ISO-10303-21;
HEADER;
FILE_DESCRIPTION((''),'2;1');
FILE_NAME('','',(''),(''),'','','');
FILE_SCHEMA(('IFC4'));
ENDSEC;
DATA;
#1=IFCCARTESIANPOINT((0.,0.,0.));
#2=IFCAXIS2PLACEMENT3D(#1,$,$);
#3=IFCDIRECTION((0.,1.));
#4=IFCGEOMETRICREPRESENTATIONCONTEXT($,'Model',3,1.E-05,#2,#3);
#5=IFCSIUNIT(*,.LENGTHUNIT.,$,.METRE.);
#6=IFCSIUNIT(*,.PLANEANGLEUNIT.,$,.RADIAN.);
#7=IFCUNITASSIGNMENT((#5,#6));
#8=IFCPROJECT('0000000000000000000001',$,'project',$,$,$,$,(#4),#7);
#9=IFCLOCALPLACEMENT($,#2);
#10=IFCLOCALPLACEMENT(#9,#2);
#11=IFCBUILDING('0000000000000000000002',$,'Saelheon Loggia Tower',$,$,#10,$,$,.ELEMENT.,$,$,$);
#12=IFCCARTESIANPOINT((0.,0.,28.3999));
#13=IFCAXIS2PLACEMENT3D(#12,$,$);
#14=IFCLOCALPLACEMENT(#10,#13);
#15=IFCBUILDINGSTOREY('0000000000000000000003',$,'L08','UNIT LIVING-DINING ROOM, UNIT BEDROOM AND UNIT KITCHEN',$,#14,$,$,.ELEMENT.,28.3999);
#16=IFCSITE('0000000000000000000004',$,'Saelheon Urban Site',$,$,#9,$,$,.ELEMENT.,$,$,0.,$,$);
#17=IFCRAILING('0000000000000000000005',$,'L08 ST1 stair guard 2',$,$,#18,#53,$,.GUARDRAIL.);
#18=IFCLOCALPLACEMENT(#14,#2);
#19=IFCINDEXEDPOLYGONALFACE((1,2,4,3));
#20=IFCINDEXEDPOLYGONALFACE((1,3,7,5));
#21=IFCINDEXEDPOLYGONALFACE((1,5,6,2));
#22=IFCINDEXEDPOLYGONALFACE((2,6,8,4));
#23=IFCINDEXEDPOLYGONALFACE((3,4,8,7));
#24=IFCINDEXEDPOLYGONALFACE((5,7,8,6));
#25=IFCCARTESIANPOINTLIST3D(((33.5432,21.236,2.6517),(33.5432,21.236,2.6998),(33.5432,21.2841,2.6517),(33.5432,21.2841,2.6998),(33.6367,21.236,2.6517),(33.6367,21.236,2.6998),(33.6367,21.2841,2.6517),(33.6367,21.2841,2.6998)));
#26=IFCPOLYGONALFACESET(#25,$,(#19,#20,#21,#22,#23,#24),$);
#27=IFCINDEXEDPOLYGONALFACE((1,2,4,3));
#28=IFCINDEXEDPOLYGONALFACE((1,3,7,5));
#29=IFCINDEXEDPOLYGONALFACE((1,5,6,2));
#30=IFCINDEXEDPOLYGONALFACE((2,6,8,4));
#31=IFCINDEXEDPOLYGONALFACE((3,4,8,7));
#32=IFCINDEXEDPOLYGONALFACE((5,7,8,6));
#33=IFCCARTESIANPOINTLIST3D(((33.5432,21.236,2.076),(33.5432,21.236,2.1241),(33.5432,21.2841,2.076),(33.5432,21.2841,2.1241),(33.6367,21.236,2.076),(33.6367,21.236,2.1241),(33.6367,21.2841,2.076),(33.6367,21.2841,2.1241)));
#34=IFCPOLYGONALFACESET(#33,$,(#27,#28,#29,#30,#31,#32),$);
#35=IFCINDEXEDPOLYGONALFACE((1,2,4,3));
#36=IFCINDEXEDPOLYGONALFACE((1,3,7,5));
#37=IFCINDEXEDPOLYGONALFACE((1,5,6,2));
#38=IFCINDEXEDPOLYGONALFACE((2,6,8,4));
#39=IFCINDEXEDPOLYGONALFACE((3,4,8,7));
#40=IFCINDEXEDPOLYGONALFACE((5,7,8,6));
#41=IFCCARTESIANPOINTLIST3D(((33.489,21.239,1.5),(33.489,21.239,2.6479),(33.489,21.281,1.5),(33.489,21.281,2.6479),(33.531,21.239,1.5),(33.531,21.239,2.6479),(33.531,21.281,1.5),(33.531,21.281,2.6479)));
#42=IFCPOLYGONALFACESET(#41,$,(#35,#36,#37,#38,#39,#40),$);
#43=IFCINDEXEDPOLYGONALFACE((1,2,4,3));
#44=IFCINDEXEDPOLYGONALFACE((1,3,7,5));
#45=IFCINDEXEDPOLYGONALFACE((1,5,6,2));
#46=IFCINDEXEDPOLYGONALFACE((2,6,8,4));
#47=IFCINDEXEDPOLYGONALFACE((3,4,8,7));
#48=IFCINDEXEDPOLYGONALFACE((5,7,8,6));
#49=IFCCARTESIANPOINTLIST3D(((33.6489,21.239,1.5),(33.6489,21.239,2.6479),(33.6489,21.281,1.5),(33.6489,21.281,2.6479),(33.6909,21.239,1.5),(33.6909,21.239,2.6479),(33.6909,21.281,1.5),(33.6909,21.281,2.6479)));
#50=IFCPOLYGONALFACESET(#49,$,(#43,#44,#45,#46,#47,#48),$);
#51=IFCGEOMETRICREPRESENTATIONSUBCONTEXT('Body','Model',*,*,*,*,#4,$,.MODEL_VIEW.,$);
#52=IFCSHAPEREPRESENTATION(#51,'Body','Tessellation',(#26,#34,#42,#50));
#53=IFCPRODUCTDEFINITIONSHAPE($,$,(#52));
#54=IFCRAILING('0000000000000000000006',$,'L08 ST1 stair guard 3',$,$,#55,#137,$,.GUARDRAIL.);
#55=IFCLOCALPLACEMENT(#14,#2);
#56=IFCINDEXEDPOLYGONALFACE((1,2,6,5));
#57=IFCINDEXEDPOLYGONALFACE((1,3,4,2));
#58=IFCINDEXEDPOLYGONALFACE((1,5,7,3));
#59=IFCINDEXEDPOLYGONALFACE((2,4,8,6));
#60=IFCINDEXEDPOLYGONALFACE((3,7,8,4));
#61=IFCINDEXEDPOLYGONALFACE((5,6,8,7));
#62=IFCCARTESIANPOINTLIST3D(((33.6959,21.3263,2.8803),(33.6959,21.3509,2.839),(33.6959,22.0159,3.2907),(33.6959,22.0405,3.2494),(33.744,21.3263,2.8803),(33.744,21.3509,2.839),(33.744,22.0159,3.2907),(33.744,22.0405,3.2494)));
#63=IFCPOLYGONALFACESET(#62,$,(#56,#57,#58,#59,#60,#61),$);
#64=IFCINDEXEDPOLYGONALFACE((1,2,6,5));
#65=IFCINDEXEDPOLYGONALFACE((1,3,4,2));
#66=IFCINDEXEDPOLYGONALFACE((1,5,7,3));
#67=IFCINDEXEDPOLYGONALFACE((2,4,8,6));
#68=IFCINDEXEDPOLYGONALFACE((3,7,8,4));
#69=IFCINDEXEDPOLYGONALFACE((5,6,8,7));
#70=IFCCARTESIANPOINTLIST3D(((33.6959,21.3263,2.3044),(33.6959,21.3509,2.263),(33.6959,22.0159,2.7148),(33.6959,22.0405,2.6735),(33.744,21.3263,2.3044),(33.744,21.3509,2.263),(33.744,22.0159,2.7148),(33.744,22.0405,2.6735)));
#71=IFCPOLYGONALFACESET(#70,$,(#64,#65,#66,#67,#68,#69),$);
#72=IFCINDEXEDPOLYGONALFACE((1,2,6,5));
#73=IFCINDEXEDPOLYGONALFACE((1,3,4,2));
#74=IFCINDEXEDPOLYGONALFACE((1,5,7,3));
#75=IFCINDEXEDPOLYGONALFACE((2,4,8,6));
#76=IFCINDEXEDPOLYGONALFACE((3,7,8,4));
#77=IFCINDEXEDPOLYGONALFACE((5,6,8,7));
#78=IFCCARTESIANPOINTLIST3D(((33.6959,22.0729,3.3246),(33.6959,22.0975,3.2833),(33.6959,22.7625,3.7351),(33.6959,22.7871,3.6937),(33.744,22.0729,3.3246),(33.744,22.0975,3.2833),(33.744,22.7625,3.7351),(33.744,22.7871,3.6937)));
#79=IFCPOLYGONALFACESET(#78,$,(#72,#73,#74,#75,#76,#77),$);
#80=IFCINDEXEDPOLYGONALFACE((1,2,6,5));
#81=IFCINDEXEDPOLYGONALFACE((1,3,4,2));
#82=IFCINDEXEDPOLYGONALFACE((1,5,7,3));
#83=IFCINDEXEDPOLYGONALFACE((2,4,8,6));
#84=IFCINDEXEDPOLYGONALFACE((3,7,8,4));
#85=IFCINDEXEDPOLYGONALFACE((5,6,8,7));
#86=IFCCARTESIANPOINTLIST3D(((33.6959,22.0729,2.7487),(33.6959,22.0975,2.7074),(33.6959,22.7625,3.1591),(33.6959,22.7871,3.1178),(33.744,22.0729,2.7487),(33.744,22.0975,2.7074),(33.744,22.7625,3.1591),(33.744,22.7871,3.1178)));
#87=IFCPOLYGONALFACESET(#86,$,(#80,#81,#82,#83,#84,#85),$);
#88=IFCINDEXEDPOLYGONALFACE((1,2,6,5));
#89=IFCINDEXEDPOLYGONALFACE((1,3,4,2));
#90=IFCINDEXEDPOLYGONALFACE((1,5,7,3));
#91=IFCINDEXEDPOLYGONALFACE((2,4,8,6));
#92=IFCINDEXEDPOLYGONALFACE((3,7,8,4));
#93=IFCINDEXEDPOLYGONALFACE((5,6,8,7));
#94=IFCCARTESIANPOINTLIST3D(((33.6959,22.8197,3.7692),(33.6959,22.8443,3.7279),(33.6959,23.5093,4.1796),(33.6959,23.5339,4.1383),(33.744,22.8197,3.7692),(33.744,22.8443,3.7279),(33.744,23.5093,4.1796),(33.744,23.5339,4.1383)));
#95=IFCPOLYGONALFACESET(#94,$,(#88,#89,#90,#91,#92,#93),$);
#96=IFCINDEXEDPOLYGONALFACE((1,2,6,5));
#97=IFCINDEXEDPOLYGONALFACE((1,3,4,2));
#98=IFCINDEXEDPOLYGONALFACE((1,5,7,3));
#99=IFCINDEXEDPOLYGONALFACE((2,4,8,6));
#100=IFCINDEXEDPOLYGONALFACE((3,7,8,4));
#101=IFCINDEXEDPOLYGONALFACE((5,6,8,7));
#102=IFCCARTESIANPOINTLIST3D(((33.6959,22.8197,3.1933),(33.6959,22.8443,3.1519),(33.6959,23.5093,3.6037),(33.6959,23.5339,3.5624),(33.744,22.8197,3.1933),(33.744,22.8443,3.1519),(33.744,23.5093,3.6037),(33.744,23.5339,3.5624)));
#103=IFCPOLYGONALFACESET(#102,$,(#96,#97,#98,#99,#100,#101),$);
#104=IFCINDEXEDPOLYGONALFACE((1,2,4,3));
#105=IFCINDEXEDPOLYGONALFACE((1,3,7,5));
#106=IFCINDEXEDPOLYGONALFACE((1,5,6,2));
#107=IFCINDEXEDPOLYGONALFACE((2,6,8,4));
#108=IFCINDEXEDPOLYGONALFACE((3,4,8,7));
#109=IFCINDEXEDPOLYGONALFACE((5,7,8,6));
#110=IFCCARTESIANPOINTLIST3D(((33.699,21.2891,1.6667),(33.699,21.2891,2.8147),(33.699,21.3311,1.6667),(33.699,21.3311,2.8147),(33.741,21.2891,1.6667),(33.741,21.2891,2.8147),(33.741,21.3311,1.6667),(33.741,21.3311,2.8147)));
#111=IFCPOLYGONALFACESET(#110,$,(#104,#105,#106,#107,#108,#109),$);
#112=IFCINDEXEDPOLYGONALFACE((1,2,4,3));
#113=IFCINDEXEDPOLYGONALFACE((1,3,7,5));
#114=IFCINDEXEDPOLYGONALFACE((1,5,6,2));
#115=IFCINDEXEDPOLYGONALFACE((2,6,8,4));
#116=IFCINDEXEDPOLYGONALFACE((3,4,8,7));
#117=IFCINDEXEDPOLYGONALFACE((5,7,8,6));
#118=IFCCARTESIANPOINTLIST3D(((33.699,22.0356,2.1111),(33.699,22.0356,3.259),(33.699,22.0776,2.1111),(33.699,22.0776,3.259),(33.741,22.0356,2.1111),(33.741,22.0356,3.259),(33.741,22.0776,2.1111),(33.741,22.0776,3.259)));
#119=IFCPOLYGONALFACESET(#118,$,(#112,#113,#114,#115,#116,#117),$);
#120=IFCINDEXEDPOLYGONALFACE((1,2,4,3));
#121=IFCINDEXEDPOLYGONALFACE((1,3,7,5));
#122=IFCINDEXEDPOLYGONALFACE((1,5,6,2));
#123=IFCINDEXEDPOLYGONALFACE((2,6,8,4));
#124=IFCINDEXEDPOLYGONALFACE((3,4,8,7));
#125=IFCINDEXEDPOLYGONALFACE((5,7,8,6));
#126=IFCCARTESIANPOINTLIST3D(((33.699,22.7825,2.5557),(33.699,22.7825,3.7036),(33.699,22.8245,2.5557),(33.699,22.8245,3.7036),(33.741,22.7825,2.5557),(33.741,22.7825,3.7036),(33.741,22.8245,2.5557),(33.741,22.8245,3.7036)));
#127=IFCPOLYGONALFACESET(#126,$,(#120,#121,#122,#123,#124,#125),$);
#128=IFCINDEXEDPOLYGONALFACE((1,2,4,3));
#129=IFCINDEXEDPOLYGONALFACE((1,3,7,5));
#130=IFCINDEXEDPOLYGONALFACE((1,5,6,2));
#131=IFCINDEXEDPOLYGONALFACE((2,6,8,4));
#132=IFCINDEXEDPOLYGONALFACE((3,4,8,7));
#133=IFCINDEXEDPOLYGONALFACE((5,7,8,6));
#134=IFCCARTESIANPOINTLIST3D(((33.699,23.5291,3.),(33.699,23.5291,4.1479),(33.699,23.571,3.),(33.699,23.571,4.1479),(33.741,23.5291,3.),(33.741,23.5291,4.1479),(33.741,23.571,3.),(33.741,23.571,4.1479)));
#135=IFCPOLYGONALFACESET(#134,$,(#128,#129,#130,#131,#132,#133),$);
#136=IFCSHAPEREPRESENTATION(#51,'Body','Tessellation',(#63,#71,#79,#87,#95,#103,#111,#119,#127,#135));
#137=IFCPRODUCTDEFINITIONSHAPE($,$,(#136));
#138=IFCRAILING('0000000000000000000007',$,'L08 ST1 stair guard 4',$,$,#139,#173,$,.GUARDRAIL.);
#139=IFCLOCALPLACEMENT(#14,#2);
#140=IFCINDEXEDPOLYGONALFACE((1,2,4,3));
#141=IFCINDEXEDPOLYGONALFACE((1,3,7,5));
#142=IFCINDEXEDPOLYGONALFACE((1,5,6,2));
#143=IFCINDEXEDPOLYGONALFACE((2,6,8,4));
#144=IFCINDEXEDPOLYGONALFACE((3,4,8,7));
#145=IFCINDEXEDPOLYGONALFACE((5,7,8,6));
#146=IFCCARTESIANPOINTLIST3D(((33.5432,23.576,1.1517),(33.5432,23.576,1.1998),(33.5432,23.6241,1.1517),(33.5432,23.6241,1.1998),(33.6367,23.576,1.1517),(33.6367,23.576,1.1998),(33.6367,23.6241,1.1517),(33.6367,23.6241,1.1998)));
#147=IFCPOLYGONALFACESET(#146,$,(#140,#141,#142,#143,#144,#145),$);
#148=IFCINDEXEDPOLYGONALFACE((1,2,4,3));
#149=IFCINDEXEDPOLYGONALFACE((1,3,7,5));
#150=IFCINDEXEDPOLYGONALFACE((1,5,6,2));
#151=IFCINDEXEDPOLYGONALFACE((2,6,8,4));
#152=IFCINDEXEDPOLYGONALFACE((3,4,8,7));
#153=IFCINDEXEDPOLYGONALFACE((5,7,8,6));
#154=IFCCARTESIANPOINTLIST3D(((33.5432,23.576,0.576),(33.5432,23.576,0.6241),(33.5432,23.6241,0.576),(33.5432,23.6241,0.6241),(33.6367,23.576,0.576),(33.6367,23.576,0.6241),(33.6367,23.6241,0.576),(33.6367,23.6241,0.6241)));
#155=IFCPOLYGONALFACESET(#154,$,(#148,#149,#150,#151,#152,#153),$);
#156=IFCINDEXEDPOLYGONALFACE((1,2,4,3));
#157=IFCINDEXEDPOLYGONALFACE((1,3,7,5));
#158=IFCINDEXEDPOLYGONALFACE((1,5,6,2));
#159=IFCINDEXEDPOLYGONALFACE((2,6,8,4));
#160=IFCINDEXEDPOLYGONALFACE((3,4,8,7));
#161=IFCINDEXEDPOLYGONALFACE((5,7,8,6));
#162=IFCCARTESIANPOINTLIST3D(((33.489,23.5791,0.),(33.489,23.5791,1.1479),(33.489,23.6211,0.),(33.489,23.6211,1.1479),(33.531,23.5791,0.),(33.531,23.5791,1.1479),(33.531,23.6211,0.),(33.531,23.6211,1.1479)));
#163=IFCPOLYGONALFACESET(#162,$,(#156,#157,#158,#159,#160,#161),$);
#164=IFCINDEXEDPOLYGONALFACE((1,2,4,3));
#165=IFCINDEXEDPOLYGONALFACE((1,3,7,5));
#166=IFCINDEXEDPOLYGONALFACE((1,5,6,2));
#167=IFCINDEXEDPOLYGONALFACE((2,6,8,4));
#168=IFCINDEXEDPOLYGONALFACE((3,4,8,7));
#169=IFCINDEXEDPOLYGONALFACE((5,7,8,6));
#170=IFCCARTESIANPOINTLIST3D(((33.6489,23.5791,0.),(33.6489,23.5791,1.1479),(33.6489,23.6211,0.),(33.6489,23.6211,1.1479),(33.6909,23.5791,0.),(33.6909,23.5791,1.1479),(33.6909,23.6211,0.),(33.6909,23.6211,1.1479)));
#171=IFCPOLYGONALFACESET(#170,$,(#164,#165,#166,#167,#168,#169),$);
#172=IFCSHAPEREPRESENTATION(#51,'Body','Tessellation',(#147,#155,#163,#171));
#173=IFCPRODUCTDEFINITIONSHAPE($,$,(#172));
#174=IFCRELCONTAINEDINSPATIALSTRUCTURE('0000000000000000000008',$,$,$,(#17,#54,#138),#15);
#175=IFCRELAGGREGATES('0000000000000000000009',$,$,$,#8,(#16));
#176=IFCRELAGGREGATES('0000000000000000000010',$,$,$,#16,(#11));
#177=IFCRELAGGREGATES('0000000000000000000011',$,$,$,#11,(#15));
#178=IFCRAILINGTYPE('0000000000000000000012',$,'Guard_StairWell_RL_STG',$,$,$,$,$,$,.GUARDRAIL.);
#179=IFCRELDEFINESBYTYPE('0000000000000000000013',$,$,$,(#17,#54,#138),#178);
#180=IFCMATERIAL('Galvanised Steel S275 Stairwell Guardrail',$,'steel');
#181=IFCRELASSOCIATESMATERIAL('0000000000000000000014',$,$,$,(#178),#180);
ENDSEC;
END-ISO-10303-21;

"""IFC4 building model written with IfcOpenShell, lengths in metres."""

from ifc_helpers import new_model, si_unit, direction, frame, origin, origin_2d, place, context, subcontext, project, spatial, rectangle, extrude, material, type_object, element, save


model = new_model("IFC4")

# Units and contexts
model_context = context("Model", 3, precision=1e-05, world=origin(), true_north=direction((0.0, 1.0)))
body_context = subcontext(model_context, "Body", "Model", "MODEL_VIEW")
ifc_project = project(units=[si_unit("LENGTHUNIT", "METRE"), si_unit("PLANEANGLEUNIT", "RADIAN")], contexts=[model_context])

# Site, building, storey
site_placement = place(None, origin())
site = spatial("IfcSite", under=ifc_project, at=site_placement, Name="Saelheon Urban Site", CompositionType="ELEMENT", RefElevation=0.0)
building_placement = place(site_placement, origin())
building = spatial("IfcBuilding", under=site, at=building_placement, Name="Saelheon Loggia Tower", CompositionType="ELEMENT")
storey_placement = place(building_placement, frame((0.0, 0.0, 28.3999)))
storey = spatial("IfcBuildingStorey", under=building, at=storey_placement, Name="L08", Description="UNIT LIVING-DINING ROOM, UNIT BEDROOM AND UNIT KITCHEN", CompositionType="ELEMENT", Elevation=28.3999)

# Railings
ifc_material_1 = material(Name="Galvanised Steel S275 Stairwell Guardrail", Category="steel")
railing_type_1 = type_object("IfcRailingType", Name="Guard_StairWell_RL_STG", PredefinedType="GUARDRAIL", material=ifc_material_1)
railing_1_placement = place(storey_placement, frame((33.51, 21.26, 1.5)))
element("IfcRailing", 1, at=railing_1_placement, inside=storey, type_object=railing_type_1, Name="L08 ST1 stair guard 2", PredefinedType="GUARDRAIL", context=body_context, shape_type="SweptSolid", body=[
    extrude(rectangle(XDim=0.0481, YDim=0.0481, at=origin_2d()), frame((0.0332, 0.0, 1.1758), z_axis=(1.0, 0.0, 0.0), x_axis=(0.0, 1.0, 0.0)), (0.0, 0.0, 1.0), 0.0935),
    extrude(rectangle(XDim=0.0481, YDim=0.0481, at=origin_2d()), frame((0.0332, 0.0, 0.6001), z_axis=(1.0, 0.0, 0.0), x_axis=(0.0, 1.0, 0.0)), (0.0, 0.0, 1.0), 0.0935),
    extrude(rectangle(XDim=0.042, YDim=0.042, at=origin_2d()), origin(), (0.0, 0.0, 1.0), 1.1479),
    extrude(rectangle(XDim=0.042, YDim=0.042, at=origin_2d()), frame((0.1599, 0.0, 0.0)), (0.0, 0.0, 1.0), 1.1479),
])
railing_2_placement = place(storey_placement, frame((33.72, 21.3101, 1.6667)))
element("IfcRailing", 2, at=railing_2_placement, inside=storey, type_object=railing_type_1, Name="L08 ST1 stair guard 3", PredefinedType="GUARDRAIL", context=body_context, shape_type="SweptSolid", body=[
    extrude(rectangle(XDim=0.0481, YDim=0.0481, at=origin_2d()), frame((0.0, 0.0286, 1.1929), z_axis=(0.0, 0.859306, 0.511462), x_axis=(-1.0, 0.0, 0.0)), (0.0, 0.0, 1.0), 0.8025),
    extrude(rectangle(XDim=0.0481, YDim=0.0481, at=origin_2d()), frame((0.0, 0.0286, 0.6169), z_axis=(0.0, 0.859306, 0.511462), x_axis=(-1.0, 0.0, 0.0)), (0.0, 0.0, 1.0), 0.8025),
    extrude(rectangle(XDim=0.0481, YDim=0.0481, at=origin_2d()), frame((0.0, 0.7751, 1.6372), z_axis=(0.0, 0.859306, 0.511462), x_axis=(-1.0, 0.0, 0.0)), (0.0, 0.0, 1.0), 0.8025),
    extrude(rectangle(XDim=0.0481, YDim=0.0481, at=origin_2d()), frame((0.0, 0.7751, 1.0613), z_axis=(0.0, 0.859306, 0.511462), x_axis=(-1.0, 0.0, 0.0)), (0.0, 0.0, 1.0), 0.8025),
    extrude(rectangle(XDim=0.0481, YDim=0.0481, at=origin_2d()), frame((0.0, 1.522, 2.0818), z_axis=(0.0, 0.859306, 0.511462), x_axis=(-1.0, 0.0, 0.0)), (0.0, 0.0, 1.0), 0.8025),
    extrude(rectangle(XDim=0.0481, YDim=0.0481, at=origin_2d()), frame((0.0, 1.522, 1.5059), z_axis=(0.0, 0.859306, 0.511462), x_axis=(-1.0, 0.0, 0.0)), (0.0, 0.0, 1.0), 0.8025),
    extrude(rectangle(XDim=0.042, YDim=0.042, at=origin_2d()), origin(), (0.0, 0.0, 1.0), 1.1479),
    extrude(rectangle(XDim=0.042, YDim=0.042, at=origin_2d()), frame((0.0, 0.7466, 0.4443)), (0.0, 0.0, 1.0), 1.1479),
    extrude(rectangle(XDim=0.042, YDim=0.042, at=origin_2d()), frame((0.0, 1.4934, 0.8889)), (0.0, 0.0, 1.0), 1.1479),
    extrude(rectangle(XDim=0.042, YDim=0.042, at=origin_2d()), frame((0.0, 2.24, 1.3333)), (0.0, 0.0, 1.0), 1.1479),
])
railing_3_placement = place(storey_placement, frame((33.51, 23.6001, 0.0)))
element("IfcRailing", 3, at=railing_3_placement, inside=storey, type_object=railing_type_1, Name="L08 ST1 stair guard 4", PredefinedType="GUARDRAIL", context=body_context, shape_type="SweptSolid", body=[
    extrude(rectangle(XDim=0.0481, YDim=0.0481, at=origin_2d()), frame((0.0332, 0.0, 1.1758), z_axis=(1.0, 0.0, 0.0), x_axis=(0.0, 1.0, 0.0)), (0.0, 0.0, 1.0), 0.0935),
    extrude(rectangle(XDim=0.0481, YDim=0.0481, at=origin_2d()), frame((0.0332, 0.0, 0.6001), z_axis=(1.0, 0.0, 0.0), x_axis=(0.0, 1.0, 0.0)), (0.0, 0.0, 1.0), 0.0935),
    extrude(rectangle(XDim=0.042, YDim=0.042, at=origin_2d()), origin(), (0.0, 0.0, 1.0), 1.1479),
    extrude(rectangle(XDim=0.042, YDim=0.042, at=origin_2d()), frame((0.1599, 0.0, 0.0)), (0.0, 0.0, 1.0), 1.1479),
])

save(model, "model.ifc")
